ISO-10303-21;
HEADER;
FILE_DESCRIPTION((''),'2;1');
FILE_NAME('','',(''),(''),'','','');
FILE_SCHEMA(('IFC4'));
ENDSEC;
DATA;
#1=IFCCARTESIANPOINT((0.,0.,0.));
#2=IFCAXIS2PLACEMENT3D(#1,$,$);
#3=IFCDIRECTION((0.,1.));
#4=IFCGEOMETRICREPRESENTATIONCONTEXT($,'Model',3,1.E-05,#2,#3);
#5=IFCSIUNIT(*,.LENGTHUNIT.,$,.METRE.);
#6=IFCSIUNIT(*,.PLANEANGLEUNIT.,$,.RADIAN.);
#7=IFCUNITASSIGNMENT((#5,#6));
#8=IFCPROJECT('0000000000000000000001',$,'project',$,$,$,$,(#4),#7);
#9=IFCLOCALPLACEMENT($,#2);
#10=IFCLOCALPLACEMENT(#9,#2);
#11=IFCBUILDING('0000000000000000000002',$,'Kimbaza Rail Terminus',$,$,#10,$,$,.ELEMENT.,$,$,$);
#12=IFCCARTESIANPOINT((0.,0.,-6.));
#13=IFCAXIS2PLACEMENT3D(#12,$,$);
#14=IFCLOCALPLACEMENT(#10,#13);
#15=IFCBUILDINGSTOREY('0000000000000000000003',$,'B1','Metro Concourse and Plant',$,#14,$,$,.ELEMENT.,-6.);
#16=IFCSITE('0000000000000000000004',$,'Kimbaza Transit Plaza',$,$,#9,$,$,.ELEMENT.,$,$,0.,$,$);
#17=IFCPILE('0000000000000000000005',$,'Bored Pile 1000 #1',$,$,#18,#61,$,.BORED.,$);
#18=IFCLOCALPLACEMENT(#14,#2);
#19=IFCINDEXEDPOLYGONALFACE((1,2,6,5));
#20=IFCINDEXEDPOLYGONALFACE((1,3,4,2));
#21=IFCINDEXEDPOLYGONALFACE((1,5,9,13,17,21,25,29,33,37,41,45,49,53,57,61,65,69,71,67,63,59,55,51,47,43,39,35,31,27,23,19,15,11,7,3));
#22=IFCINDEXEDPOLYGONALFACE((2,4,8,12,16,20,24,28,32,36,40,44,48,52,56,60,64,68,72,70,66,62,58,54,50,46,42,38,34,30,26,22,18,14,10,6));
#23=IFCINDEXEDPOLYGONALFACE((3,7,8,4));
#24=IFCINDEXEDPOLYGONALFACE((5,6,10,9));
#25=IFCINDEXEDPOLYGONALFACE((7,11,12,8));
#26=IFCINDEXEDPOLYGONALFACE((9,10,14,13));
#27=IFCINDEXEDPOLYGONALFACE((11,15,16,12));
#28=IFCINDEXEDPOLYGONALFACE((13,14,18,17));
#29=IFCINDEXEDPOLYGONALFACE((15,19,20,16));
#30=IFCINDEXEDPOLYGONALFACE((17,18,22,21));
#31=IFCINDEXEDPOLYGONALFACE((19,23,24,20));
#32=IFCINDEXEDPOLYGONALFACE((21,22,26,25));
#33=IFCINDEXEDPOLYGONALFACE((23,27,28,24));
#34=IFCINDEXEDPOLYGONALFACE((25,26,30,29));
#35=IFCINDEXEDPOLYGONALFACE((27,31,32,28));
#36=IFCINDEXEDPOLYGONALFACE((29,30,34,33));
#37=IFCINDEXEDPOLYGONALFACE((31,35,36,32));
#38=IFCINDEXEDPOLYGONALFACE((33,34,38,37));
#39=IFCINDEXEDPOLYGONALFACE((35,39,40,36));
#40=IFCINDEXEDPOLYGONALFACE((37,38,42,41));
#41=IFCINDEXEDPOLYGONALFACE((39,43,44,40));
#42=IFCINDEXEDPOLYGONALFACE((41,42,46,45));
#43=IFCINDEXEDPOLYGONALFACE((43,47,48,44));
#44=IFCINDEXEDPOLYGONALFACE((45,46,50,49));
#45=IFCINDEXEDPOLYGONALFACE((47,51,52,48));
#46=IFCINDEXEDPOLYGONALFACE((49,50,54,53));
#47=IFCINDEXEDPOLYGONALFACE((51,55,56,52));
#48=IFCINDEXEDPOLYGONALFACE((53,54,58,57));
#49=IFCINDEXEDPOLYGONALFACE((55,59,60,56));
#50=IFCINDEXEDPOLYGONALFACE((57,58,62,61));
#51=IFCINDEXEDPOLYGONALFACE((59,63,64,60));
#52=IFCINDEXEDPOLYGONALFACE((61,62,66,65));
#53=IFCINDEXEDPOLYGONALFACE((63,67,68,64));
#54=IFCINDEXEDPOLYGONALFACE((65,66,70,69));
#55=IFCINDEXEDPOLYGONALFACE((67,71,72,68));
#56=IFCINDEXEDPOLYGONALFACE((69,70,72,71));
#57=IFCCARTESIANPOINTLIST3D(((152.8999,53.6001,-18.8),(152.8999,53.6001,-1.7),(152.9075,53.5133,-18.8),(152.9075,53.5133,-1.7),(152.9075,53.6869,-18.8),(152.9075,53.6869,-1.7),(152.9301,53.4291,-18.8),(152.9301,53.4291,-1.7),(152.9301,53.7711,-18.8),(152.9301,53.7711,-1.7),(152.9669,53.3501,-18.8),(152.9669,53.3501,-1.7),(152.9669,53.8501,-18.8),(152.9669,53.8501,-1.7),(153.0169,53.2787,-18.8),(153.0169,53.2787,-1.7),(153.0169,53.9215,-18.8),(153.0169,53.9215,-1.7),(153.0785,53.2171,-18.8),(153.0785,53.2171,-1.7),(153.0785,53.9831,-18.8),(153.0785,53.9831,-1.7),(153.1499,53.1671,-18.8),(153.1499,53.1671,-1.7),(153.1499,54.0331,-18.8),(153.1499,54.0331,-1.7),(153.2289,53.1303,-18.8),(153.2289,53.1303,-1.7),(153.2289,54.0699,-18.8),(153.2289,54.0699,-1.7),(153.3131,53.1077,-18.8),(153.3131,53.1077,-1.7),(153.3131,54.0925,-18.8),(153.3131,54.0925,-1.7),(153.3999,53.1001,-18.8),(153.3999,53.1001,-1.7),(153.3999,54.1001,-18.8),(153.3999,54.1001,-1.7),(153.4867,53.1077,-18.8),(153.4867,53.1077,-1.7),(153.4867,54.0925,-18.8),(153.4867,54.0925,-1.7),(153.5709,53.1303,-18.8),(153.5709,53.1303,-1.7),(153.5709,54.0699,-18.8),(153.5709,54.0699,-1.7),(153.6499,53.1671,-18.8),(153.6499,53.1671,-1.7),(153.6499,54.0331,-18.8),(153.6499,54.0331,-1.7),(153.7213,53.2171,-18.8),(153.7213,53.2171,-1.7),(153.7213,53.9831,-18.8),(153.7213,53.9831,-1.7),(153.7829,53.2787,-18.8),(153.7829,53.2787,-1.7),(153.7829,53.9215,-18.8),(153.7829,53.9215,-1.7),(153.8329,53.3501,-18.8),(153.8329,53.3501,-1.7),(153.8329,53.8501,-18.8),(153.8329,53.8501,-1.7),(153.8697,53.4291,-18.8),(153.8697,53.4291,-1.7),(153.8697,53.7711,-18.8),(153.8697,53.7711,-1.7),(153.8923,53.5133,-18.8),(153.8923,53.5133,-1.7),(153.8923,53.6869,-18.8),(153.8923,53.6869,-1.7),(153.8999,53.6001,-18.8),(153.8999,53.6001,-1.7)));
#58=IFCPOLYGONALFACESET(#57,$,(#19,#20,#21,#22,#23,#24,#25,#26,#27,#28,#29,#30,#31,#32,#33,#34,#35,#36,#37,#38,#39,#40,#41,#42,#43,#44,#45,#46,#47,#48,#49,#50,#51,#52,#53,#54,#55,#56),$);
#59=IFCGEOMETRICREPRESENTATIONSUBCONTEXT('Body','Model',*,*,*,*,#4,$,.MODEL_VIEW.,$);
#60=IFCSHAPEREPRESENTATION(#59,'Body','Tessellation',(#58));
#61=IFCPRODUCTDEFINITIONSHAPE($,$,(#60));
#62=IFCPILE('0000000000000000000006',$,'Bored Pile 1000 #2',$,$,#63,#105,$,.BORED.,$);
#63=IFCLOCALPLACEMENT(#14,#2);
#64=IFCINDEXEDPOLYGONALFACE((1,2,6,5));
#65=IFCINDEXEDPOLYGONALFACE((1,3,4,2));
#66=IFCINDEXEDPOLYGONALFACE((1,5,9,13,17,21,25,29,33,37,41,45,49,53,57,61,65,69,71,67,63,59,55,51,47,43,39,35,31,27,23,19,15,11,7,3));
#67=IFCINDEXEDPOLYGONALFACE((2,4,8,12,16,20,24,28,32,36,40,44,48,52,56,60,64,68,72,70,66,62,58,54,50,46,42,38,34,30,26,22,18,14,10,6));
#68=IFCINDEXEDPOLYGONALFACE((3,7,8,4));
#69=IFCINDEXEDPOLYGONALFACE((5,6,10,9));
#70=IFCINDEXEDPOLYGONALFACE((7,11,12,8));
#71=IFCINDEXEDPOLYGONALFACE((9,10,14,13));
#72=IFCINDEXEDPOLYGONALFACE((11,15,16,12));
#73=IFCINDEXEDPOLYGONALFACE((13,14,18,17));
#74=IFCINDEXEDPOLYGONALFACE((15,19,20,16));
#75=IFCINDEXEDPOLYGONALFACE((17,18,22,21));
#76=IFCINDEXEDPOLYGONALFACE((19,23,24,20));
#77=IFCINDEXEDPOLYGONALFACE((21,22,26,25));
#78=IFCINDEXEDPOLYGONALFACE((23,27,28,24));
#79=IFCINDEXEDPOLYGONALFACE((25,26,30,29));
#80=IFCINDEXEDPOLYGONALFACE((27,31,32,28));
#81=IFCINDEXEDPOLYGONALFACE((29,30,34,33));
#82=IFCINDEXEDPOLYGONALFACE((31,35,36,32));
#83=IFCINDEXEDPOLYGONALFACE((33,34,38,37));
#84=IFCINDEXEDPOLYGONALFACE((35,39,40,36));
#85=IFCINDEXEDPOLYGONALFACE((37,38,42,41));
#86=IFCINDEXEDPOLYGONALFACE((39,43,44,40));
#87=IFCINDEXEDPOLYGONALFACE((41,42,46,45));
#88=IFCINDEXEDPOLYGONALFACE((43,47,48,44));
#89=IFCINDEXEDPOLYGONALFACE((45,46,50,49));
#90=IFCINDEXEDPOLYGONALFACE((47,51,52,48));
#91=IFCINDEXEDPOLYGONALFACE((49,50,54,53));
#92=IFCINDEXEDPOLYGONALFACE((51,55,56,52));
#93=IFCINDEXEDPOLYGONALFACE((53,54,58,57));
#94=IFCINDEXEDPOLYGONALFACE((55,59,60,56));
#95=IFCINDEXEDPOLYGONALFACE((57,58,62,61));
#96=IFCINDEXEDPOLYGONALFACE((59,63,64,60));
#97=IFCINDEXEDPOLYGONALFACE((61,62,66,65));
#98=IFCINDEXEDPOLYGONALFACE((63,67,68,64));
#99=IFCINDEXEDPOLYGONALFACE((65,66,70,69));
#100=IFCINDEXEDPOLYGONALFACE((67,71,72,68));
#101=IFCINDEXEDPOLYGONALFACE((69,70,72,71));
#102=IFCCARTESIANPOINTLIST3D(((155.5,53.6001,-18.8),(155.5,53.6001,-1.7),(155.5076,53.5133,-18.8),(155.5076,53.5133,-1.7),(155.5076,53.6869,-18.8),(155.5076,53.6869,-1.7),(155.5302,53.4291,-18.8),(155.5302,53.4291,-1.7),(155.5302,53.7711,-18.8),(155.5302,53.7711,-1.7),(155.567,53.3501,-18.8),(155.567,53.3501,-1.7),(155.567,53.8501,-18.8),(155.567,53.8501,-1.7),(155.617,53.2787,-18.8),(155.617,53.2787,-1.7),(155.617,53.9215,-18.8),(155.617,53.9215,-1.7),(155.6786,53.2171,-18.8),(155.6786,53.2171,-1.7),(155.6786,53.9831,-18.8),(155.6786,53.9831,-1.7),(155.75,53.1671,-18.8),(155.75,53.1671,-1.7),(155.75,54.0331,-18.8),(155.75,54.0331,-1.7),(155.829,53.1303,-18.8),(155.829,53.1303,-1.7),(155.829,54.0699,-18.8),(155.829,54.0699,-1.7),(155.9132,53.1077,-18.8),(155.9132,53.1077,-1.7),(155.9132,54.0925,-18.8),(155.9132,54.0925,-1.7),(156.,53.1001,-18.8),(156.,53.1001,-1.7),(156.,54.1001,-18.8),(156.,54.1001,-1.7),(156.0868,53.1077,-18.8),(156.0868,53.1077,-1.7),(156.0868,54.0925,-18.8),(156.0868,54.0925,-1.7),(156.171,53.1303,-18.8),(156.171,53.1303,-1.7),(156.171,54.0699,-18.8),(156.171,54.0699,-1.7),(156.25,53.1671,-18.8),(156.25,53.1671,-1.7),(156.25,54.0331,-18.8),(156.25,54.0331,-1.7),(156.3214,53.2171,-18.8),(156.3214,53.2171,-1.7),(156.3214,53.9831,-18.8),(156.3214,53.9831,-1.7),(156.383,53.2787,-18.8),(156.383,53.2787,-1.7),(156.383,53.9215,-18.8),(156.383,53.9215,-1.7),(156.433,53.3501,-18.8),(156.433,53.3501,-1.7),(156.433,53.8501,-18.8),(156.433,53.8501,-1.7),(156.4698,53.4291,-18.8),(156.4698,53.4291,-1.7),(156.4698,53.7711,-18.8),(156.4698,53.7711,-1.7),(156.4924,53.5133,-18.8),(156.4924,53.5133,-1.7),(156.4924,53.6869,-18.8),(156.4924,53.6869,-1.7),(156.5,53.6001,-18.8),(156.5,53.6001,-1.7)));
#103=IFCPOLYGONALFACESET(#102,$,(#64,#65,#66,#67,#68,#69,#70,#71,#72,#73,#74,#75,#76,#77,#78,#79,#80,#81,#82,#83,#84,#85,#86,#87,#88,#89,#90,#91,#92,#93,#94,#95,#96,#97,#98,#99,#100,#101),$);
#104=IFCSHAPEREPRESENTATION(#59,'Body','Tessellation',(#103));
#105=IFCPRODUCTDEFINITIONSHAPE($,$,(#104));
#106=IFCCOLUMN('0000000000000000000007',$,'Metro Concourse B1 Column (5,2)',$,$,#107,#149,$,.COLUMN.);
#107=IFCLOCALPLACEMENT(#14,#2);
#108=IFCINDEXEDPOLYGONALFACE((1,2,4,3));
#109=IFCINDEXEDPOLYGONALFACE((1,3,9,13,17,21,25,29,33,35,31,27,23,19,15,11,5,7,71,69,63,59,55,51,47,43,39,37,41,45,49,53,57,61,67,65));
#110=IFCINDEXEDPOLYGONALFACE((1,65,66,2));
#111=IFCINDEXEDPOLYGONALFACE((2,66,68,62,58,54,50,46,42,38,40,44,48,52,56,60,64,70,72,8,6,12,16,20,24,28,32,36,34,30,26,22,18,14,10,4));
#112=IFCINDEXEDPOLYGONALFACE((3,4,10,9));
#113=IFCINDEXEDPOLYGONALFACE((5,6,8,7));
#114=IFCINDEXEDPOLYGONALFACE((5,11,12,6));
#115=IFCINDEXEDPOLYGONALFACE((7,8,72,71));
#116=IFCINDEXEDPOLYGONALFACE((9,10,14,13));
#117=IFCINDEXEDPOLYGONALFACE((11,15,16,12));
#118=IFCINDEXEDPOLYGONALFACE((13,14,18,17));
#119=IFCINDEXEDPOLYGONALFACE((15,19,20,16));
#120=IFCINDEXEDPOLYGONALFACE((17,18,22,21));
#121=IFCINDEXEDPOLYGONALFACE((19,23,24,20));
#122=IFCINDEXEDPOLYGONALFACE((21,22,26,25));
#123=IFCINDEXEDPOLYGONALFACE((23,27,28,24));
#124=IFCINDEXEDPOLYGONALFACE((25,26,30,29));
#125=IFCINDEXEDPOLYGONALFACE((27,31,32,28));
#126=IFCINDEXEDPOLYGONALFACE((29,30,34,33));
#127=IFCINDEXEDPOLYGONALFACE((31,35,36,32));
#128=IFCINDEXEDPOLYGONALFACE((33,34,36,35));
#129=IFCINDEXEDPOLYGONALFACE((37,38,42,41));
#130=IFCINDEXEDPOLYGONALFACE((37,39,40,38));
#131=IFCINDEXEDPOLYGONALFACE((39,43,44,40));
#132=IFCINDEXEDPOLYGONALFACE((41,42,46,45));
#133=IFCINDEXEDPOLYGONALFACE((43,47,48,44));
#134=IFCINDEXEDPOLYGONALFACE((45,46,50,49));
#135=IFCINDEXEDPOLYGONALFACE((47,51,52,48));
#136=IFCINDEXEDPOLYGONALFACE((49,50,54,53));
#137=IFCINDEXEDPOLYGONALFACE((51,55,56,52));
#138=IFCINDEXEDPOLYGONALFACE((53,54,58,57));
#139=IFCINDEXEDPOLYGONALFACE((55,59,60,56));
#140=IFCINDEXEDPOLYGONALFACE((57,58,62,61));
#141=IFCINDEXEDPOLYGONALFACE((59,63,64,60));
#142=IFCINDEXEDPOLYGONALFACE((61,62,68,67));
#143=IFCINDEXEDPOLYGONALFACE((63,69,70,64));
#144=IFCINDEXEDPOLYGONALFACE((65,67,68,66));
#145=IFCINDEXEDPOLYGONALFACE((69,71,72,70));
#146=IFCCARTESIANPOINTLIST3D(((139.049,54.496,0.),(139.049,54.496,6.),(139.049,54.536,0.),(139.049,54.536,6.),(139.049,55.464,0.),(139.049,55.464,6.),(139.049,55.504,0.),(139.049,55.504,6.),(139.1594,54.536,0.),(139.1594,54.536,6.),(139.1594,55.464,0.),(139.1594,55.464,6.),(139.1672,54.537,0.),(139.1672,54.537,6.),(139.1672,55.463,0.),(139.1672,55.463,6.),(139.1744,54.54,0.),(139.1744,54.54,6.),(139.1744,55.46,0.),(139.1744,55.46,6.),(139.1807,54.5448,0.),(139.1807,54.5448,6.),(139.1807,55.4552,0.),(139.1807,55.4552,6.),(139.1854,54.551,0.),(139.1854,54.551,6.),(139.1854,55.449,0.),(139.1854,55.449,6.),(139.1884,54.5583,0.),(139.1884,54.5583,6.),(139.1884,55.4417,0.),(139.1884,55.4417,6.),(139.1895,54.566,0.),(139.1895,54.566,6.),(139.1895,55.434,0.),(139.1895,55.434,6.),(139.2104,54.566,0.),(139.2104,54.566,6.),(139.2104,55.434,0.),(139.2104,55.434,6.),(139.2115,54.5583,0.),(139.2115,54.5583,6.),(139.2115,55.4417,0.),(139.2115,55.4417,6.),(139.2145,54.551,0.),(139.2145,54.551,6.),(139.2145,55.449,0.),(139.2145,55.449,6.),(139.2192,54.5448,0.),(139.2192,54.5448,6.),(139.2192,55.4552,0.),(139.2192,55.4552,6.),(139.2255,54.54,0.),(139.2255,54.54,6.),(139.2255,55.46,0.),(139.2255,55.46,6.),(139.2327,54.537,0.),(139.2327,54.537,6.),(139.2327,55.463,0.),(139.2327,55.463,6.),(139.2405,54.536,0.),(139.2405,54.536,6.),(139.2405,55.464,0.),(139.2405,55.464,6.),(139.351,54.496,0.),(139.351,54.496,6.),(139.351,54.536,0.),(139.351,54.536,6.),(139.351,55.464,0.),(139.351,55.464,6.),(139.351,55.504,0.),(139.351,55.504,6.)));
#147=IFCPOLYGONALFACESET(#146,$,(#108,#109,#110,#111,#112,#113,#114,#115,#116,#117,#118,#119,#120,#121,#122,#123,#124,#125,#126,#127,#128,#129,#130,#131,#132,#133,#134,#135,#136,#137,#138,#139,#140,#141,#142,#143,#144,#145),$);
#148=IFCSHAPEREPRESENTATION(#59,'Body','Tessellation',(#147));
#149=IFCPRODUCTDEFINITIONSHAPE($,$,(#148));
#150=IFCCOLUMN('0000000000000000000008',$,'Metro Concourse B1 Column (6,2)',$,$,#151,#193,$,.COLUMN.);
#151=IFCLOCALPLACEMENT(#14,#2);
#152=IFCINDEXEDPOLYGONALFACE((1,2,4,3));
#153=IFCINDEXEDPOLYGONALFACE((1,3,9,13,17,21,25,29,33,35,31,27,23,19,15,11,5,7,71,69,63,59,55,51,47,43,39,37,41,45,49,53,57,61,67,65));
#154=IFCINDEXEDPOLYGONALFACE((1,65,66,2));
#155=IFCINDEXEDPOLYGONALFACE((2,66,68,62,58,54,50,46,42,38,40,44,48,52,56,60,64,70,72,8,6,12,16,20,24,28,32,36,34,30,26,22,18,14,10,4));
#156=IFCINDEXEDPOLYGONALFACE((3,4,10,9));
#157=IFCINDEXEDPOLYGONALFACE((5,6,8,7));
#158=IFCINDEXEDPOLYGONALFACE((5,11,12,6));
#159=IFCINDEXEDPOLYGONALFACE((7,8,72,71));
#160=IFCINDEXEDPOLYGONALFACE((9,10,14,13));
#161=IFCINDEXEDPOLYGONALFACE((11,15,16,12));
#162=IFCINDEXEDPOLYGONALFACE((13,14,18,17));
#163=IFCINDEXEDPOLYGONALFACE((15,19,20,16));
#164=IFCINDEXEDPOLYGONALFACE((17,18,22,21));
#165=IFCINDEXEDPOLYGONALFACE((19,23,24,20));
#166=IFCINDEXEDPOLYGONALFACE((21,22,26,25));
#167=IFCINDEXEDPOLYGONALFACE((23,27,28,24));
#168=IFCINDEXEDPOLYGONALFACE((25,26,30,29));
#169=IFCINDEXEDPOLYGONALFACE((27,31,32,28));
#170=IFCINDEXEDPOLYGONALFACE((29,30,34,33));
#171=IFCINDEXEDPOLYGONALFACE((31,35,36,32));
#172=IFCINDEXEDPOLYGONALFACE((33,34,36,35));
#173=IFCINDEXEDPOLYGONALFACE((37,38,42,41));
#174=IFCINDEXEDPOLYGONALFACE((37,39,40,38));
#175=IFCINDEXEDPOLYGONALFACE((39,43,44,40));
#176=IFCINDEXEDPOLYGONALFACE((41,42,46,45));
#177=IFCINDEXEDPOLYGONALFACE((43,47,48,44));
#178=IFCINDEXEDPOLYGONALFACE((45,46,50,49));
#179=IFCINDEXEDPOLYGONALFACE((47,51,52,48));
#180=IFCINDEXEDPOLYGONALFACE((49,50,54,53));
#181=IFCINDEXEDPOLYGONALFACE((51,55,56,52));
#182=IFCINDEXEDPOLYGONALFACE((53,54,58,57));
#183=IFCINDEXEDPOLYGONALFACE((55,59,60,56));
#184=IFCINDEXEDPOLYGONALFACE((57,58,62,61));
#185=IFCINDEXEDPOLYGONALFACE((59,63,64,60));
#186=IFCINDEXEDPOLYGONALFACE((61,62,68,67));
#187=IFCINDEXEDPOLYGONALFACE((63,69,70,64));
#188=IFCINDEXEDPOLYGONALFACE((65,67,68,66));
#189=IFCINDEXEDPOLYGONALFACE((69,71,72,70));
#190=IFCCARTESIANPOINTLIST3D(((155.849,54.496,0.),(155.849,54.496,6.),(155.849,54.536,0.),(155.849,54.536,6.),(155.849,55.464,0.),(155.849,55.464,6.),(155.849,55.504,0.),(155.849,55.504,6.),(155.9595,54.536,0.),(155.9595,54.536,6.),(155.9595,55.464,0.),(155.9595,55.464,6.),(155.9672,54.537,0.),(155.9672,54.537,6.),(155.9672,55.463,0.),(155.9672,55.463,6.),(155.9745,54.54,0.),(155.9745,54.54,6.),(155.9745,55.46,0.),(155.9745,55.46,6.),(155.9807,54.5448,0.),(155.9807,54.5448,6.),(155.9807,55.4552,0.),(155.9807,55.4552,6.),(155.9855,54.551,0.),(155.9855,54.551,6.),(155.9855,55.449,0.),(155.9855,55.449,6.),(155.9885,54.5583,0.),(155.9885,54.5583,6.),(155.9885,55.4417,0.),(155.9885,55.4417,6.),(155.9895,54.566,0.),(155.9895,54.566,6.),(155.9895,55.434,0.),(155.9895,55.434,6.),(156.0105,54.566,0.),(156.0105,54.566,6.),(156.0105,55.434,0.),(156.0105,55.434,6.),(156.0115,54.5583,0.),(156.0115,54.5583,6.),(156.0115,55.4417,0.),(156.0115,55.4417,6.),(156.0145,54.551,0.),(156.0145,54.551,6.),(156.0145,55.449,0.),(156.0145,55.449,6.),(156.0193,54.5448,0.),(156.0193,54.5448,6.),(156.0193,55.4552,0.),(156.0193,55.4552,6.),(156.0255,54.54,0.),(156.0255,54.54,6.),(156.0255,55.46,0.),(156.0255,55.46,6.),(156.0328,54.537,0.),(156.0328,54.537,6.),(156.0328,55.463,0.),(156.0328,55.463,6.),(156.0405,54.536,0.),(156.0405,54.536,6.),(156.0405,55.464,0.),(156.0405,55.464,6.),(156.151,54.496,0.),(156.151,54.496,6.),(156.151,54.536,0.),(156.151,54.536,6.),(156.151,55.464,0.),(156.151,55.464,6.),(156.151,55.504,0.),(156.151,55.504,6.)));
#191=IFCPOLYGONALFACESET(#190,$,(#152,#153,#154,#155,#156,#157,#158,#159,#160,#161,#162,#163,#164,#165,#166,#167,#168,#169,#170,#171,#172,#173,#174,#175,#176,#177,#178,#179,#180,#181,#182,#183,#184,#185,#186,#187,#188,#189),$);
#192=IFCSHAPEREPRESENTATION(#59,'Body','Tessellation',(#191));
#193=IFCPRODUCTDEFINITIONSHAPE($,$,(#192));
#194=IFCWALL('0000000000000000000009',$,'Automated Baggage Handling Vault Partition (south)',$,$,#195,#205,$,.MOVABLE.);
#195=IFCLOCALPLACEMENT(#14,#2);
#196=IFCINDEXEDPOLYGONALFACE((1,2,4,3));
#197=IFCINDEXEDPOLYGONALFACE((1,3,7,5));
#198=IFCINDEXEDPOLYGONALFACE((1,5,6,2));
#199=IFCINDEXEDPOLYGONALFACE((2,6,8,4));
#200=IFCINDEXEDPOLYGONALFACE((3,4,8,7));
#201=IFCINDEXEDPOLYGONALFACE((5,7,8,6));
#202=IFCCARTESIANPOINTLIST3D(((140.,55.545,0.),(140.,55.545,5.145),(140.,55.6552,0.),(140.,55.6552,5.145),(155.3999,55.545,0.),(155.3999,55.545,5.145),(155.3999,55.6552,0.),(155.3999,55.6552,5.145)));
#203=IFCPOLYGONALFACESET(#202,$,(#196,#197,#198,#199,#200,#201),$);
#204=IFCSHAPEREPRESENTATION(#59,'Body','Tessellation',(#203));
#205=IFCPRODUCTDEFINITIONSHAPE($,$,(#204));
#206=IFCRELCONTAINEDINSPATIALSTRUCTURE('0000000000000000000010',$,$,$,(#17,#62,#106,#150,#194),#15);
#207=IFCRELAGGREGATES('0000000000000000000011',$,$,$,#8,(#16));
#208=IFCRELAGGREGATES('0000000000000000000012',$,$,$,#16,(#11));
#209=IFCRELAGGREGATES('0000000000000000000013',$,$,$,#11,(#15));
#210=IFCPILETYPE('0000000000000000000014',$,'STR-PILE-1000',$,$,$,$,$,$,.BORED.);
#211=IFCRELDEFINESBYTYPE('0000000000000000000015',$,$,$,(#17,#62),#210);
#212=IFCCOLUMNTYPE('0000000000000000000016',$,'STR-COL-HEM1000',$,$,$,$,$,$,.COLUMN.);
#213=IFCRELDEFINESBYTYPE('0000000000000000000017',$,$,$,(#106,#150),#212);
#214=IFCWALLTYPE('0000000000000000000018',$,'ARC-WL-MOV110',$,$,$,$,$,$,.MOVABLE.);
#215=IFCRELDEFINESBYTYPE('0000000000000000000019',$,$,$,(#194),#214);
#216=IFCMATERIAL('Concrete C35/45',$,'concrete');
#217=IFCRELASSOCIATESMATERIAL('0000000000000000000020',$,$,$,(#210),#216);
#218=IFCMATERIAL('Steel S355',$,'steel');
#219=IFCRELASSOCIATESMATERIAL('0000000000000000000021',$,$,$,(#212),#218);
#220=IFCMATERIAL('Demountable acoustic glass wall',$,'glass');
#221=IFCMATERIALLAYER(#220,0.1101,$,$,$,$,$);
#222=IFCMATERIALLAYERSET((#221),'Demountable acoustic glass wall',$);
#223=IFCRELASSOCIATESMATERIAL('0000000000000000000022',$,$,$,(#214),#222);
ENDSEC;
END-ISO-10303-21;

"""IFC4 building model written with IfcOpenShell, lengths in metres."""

from ifc_helpers import new_model, si_unit, direction, frame, frame_2d, origin, origin_2d, place, context, subcontext, project, spatial, rectangle, circle, i_section, extrude, material, layer, layer_set, material_profile, profile_set, type_object, element, save


model = new_model("IFC4")

# Units and contexts
model_context = context("Model", 3, precision=1e-05, world=origin(), true_north=direction((0.0, 1.0)))
body_context = subcontext(model_context, "Body", "Model", "MODEL_VIEW")
ifc_project = project(units=[si_unit("LENGTHUNIT", "METRE"), si_unit("PLANEANGLEUNIT", "RADIAN")], contexts=[model_context])

# Site, building, storey
site_placement = place(None, origin())
site = spatial("IfcSite", under=ifc_project, at=site_placement, Name="Kimbaza Transit Plaza", CompositionType="ELEMENT", RefElevation=0.0)
building_placement = place(site_placement, origin())
building = spatial("IfcBuilding", under=site, at=building_placement, Name="Kimbaza Rail Terminus", CompositionType="ELEMENT")
storey_placement = place(building_placement, frame((0.0, 0.0, -6.0)))
storey = spatial("IfcBuildingStorey", under=building, at=storey_placement, Name="B1", Description="Metro Concourse and Plant", CompositionType="ELEMENT", Elevation=-6.0)

# Piles
ifc_material_1 = material(Name="Concrete C35/45", Category="concrete")
ifc_material_profile_1 = material_profile(ifc_material_1, circle(Radius=0.5, at=origin_2d()), Name="BORED PILE 1000")
ifc_profile_set_1 = profile_set([ifc_material_profile_1], Name="Concrete C35/45")
pile_type = type_object("IfcPileType", Name="STR-PILE-1000", PredefinedType="BORED", material=ifc_profile_set_1)
for number, where, z_axis, x_axis, name in (
    (1, (153.3999, 53.6001, -1.7), (0.0, 0.0, -1.0), (1.0, 0.0, 0.0), "Bored Pile 1000 #1"),
    (2, (156.0, 53.6001, -1.7), (0.0, 0.0, -1.0), (1.0, 0.0, 0.0), "Bored Pile 1000 #2"),
):
    element("IfcPile", number, at=place(storey_placement, frame(where, z_axis=z_axis, x_axis=x_axis)), inside=storey, type_object=pile_type, Name=name, PredefinedType="BORED", context=body_context, shape_type="SweptSolid", body=[
        extrude(circle(Radius=0.5, at=origin_2d()), origin(), (0.0, 0.0, 1.0), 17.1001),
    ])

# Columns
ifc_material_2 = material(Name="Steel S355", Category="steel")
ifc_material_profile_2 = material_profile(ifc_material_2, i_section(OverallWidth=0.302, OverallDepth=1.0081, WebThickness=0.021, FlangeThickness=0.04, FilletRadius=0.03, at=origin_2d()), Name="HEM 1000")
ifc_profile_set_2 = profile_set([ifc_material_profile_2], Name="Steel S355")
column_type = type_object("IfcColumnType", Name="STR-COL-HEM1000", PredefinedType="COLUMN", material=ifc_profile_set_2)
for number, where, z_axis, x_axis, name in (
    (3, (139.2, 55.0, 0.0), (0.0, 0.0, 1.0), (1.0, 0.0, 0.0), "Metro Concourse B1 Column (5,2)"),
    (4, (156.0, 55.0, 0.0), (0.0, 0.0, 1.0), (1.0, 0.0, 0.0), "Metro Concourse B1 Column (6,2)"),
):
    element("IfcColumn", number, at=place(storey_placement, frame(where, z_axis=z_axis, x_axis=x_axis)), inside=storey, type_object=column_type, Name=name, PredefinedType="COLUMN", context=body_context, shape_type="SweptSolid", body=[
        extrude(i_section(OverallWidth=0.302, OverallDepth=1.0081, WebThickness=0.021, FlangeThickness=0.04, FilletRadius=0.03, at=origin_2d()), origin(), (0.0, 0.0, 1.0), 6.0),
    ])

# Wall
ifc_material_3 = material(Name="Demountable acoustic glass wall", Category="glass")
ifc_layer_1 = layer(ifc_material_3, 0.1101)
ifc_layer_set_1 = layer_set([ifc_layer_1], Name="Demountable acoustic glass wall")
wall_type_1 = type_object("IfcWallType", Name="ARC-WL-MOV110", PredefinedType="MOVABLE", material=ifc_layer_set_1)
wall_1_placement = place(storey_placement, frame((140.0, 55.6001, 0.0), z_axis=(0.0, 0.0, 1.0), x_axis=(1.0, 0.0, 0.0)))
element("IfcWall", 5, at=wall_1_placement, inside=storey, type_object=wall_type_1, Name="Automated Baggage Handling Vault Partition (south)", PredefinedType="MOVABLE", context=body_context, shape_type="SweptSolid", body=[
    extrude(rectangle(XDim=15.3999, YDim=0.1101, at=frame_2d((7.7, 0.0))), origin(), (0.0, 0.0, 1.0), 5.145),
])

save(model, "model.ifc")
